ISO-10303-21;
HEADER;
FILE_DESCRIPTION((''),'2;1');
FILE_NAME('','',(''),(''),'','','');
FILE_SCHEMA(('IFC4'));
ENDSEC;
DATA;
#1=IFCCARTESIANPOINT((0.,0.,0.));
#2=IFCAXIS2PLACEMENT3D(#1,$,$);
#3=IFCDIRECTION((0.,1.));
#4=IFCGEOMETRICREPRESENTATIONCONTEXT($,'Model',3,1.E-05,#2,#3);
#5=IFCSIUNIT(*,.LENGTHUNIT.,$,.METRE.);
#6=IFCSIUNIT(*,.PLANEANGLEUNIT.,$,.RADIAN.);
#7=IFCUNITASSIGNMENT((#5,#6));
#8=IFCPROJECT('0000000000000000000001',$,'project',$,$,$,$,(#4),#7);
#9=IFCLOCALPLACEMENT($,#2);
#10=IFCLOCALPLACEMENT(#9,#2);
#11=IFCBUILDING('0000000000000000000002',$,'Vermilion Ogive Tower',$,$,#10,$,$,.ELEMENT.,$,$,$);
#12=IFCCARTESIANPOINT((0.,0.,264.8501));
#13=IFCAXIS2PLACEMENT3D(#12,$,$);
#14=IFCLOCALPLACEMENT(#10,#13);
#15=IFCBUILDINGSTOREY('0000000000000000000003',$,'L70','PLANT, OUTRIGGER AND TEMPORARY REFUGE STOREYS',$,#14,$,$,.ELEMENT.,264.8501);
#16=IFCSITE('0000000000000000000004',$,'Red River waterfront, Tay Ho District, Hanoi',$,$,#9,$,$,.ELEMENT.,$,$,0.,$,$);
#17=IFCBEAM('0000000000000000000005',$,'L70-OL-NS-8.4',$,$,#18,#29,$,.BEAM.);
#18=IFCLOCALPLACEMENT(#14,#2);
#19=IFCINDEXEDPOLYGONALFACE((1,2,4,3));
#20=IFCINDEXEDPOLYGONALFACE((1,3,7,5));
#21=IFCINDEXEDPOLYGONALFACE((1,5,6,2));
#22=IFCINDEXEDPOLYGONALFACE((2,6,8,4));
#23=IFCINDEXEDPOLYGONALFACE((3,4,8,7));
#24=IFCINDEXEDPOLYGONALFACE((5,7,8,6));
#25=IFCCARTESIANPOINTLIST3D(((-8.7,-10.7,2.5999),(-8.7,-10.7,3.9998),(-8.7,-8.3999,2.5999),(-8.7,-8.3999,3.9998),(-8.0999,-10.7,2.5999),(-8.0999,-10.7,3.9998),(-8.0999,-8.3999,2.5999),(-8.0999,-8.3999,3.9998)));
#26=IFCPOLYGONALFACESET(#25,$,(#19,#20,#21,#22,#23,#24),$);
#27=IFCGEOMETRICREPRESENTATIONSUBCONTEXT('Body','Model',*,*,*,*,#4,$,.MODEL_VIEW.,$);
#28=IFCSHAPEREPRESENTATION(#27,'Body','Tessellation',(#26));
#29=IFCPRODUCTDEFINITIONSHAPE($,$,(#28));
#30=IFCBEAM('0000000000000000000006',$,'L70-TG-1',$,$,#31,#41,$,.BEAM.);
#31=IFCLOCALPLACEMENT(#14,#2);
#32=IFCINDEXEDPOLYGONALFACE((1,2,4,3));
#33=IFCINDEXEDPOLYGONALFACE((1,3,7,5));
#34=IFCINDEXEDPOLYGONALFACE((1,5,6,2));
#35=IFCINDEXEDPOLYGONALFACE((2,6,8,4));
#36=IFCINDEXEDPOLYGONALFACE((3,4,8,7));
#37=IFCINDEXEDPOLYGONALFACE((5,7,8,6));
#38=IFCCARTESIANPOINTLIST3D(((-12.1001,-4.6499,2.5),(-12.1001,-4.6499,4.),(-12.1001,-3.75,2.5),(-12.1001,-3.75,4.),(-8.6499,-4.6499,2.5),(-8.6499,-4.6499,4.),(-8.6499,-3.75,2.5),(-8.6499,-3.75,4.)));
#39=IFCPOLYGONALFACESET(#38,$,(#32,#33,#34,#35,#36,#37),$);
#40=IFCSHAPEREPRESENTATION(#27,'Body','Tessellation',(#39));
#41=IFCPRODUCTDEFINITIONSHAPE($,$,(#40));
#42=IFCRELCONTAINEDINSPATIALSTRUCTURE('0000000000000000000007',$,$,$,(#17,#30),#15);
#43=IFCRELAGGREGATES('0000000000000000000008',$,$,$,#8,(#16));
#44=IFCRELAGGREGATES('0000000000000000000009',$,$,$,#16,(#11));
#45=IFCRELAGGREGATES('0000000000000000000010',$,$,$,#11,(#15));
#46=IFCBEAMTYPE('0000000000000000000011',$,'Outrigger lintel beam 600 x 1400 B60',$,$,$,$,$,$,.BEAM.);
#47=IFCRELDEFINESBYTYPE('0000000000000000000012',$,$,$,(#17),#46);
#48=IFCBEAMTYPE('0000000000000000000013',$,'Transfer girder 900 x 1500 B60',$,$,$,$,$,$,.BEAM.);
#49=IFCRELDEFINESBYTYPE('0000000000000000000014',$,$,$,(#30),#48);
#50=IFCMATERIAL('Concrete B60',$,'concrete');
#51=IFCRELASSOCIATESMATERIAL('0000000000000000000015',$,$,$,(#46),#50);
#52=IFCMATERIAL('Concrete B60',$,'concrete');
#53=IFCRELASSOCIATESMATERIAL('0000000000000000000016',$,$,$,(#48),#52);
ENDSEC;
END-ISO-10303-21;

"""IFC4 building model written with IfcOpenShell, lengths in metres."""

from ifc_helpers import new_model, si_unit, direction, frame, origin, origin_2d, place, context, subcontext, project, spatial, rectangle, extrude, material, material_profile, profile_set, type_object, element, save


model = new_model("IFC4")

# Units and contexts
model_context = context("Model", 3, precision=1e-05, world=origin(), true_north=direction((0.0, 1.0)))
body_context = subcontext(model_context, "Body", "Model", "MODEL_VIEW")
ifc_project = project(units=[si_unit("LENGTHUNIT", "METRE"), si_unit("PLANEANGLEUNIT", "RADIAN")], contexts=[model_context])

# Site, building, storey
site_placement = place(None, origin())
site = spatial("IfcSite", under=ifc_project, at=site_placement, Name="Red River waterfront, Tay Ho District, Hanoi", CompositionType="ELEMENT", RefElevation=0.0)
building_placement = place(site_placement, origin())
building = spatial("IfcBuilding", under=site, at=building_placement, Name="Vermilion Ogive Tower", CompositionType="ELEMENT")
storey_placement = place(building_placement, frame((0.0, 0.0, 264.8501)))
storey = spatial("IfcBuildingStorey", under=building, at=storey_placement, Name="L70", Description="PLANT, OUTRIGGER AND TEMPORARY REFUGE STOREYS", CompositionType="ELEMENT", Elevation=264.8501)

# Beams
ifc_material_1 = material(Name="Concrete B60", Category="concrete")
ifc_material_profile_1 = material_profile(ifc_material_1, rectangle(XDim=0.6001, YDim=1.3999, at=origin_2d()), Name="600 x 1400")
ifc_profile_set_1 = profile_set([ifc_material_profile_1], Name="Concrete B60")
beam_type_1 = type_object("IfcBeamType", Name="Outrigger lintel beam 600 x 1400 B60", PredefinedType="BEAM", material=ifc_profile_set_1)
beam_1_placement = place(storey_placement, frame((-8.3999, -8.3999, 3.2998), z_axis=(0.0, -1.0, 0.0), x_axis=(1.0, 0.0, 0.0)))
element("IfcBeam", 1, at=beam_1_placement, inside=storey, type_object=beam_type_1, Name="L70-OL-NS-8.4", PredefinedType="BEAM", context=body_context, shape_type="SweptSolid", body=[
    extrude(rectangle(XDim=0.6001, YDim=1.3999, at=origin_2d()), origin(), (0.0, 0.0, 1.0), 2.3),
])
ifc_material_2 = material(Name="Concrete B60", Category="concrete")
ifc_material_profile_2 = material_profile(ifc_material_2, rectangle(XDim=0.8999, YDim=1.5, at=origin_2d()), Name="900 x 1500")
ifc_profile_set_2 = profile_set([ifc_material_profile_2], Name="Concrete B60")
beam_type_2 = type_object("IfcBeamType", Name="Transfer girder 900 x 1500 B60", PredefinedType="BEAM", material=ifc_profile_set_2)
beam_2_placement = place(storey_placement, frame((-12.1001, -4.2, 3.25), z_axis=(1.0, 0.0, 0.0), x_axis=(0.0, 1.0, 0.0)))
element("IfcBeam", 2, at=beam_2_placement, inside=storey, type_object=beam_type_2, Name="L70-TG-1", PredefinedType="BEAM", context=body_context, shape_type="SweptSolid", body=[
    extrude(rectangle(XDim=0.8999, YDim=1.5, at=origin_2d()), origin(), (0.0, 0.0, 1.0), 3.4502),
])

save(model, "model.ifc")
